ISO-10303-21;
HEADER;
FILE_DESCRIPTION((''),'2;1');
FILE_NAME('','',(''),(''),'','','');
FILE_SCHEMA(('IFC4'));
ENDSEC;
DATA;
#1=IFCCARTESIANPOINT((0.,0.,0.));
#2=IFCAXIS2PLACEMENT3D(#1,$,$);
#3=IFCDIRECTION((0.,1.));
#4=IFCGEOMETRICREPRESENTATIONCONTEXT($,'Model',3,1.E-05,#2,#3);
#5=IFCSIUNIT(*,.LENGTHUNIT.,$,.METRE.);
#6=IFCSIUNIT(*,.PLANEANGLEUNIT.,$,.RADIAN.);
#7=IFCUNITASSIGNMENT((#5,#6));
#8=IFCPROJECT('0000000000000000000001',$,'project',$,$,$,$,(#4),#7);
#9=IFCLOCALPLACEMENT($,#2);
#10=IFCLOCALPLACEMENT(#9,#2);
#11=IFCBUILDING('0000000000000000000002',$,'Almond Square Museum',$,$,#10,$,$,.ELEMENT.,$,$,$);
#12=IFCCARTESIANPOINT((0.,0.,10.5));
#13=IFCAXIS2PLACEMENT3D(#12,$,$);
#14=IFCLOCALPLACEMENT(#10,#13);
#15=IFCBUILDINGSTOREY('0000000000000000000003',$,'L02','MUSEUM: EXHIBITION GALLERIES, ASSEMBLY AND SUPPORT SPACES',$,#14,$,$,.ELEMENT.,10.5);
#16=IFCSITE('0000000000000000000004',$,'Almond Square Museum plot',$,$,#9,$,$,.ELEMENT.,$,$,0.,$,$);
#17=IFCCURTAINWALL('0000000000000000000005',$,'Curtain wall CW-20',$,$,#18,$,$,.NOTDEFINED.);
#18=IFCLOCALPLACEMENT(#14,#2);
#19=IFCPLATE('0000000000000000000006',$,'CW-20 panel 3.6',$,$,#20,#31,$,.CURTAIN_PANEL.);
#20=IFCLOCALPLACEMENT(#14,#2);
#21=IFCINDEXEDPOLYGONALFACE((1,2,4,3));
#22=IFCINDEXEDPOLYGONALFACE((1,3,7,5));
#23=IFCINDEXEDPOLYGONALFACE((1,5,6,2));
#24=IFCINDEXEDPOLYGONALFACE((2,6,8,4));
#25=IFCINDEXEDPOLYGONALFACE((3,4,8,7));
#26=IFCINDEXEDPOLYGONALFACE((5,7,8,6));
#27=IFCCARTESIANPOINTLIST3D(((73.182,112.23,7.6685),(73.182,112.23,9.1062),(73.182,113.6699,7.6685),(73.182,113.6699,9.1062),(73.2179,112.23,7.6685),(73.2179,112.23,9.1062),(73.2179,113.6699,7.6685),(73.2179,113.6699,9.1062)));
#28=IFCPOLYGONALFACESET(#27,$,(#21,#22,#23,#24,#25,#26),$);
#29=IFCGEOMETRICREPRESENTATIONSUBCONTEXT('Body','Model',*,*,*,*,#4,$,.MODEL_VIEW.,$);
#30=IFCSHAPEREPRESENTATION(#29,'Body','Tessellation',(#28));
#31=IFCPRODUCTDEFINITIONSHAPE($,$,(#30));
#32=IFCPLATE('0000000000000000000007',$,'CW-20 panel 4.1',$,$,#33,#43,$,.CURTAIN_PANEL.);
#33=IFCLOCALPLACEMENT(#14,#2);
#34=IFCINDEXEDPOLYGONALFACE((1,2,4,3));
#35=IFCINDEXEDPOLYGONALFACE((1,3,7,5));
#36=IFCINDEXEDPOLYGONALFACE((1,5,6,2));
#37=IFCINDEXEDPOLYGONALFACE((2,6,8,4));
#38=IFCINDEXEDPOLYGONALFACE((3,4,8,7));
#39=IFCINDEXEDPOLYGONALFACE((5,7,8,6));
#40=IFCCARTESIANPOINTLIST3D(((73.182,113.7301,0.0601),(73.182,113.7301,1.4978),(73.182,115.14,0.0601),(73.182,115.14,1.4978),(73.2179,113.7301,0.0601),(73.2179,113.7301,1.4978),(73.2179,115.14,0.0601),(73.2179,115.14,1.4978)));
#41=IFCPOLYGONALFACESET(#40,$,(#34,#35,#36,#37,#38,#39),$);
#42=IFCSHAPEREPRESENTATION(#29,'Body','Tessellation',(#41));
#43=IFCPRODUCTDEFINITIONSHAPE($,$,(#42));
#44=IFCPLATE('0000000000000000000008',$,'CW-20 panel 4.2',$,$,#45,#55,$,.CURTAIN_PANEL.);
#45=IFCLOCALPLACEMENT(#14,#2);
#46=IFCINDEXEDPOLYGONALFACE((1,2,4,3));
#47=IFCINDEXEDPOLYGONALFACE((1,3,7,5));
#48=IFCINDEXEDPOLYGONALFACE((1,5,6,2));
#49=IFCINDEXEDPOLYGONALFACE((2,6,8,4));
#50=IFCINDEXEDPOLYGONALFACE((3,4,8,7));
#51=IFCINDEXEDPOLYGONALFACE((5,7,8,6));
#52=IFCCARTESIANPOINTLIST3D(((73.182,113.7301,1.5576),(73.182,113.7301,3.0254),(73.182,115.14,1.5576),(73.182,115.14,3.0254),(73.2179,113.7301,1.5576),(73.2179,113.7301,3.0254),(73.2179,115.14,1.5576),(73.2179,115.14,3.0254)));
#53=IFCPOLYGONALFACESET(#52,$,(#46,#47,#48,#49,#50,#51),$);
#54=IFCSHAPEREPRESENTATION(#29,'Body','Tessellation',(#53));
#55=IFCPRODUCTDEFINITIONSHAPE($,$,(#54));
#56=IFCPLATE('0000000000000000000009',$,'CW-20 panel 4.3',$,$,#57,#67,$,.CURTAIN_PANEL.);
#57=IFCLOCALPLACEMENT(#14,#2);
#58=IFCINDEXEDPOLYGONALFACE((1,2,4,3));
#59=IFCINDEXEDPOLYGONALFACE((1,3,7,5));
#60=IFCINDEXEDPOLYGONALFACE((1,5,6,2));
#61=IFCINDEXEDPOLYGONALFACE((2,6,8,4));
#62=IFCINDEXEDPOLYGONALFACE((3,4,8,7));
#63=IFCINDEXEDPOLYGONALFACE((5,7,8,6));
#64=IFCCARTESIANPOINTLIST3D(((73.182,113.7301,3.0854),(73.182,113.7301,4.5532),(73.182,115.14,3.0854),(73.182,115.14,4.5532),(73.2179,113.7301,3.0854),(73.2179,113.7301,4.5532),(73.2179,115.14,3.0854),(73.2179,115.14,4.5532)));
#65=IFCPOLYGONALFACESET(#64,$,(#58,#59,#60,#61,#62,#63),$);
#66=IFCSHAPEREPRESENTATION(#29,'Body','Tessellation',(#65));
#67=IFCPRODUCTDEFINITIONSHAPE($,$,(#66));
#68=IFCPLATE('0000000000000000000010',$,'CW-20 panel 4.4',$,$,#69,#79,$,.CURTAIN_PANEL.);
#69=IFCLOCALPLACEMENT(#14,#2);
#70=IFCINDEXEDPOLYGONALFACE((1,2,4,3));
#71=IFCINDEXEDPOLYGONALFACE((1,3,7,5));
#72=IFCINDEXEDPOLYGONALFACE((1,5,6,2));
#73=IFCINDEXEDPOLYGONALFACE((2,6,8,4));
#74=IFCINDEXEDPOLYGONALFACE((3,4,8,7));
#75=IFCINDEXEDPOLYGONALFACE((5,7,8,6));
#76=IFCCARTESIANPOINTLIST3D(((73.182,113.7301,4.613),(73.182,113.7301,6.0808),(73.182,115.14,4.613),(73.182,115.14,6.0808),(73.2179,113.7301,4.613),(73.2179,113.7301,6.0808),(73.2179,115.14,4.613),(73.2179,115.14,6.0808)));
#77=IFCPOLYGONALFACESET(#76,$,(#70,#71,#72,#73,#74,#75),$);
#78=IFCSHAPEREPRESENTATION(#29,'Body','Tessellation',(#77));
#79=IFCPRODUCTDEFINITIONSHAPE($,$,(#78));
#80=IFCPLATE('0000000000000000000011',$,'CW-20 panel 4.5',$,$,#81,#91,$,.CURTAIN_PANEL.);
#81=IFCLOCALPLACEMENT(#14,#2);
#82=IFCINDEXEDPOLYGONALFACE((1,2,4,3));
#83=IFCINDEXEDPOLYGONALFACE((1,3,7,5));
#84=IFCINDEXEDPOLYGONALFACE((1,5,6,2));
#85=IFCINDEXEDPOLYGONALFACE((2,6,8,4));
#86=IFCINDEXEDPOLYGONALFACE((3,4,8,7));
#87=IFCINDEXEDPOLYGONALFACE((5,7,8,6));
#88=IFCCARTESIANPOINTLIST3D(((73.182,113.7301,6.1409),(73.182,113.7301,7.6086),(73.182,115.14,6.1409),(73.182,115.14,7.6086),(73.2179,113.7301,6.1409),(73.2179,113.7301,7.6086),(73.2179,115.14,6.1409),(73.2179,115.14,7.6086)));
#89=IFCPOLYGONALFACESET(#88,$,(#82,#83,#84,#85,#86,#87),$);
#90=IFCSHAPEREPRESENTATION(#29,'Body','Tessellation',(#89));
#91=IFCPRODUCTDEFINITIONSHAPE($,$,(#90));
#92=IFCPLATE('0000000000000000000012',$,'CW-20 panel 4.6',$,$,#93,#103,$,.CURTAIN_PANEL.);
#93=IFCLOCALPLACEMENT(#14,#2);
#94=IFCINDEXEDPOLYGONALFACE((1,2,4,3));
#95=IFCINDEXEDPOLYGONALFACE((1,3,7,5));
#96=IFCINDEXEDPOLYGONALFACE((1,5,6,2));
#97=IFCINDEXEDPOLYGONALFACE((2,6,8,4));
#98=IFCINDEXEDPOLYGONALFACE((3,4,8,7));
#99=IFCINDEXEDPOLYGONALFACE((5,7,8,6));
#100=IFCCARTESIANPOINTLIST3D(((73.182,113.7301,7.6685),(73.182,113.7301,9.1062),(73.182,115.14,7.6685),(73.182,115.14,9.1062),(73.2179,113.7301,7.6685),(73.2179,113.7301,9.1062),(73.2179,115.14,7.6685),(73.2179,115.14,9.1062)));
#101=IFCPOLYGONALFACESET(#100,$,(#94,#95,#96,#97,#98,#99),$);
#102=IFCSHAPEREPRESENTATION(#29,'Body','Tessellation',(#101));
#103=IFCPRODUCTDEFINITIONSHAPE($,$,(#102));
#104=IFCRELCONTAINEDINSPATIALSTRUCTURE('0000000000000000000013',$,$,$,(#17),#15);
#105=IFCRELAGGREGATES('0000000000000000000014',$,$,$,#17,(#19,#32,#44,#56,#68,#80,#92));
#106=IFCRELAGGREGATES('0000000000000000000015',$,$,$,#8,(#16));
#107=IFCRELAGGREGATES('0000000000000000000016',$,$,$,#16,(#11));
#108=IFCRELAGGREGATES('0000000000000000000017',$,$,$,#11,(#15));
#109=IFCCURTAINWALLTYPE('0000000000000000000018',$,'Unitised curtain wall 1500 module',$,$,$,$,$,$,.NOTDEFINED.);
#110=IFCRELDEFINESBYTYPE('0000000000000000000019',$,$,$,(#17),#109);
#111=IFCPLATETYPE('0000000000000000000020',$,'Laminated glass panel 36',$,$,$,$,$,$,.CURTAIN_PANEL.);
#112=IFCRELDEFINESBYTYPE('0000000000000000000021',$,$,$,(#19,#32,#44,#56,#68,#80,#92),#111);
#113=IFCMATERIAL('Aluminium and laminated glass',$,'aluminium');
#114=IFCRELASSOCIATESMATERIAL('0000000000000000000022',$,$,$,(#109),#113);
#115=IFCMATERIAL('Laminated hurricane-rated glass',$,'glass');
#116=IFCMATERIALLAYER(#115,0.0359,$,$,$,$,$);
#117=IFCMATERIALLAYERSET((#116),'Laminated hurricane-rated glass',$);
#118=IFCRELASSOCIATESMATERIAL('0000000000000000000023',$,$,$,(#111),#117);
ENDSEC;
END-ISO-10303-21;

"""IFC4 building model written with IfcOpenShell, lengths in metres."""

from ifc_helpers import new_model, si_unit, direction, frame, origin, origin_2d, place, context, subcontext, project, spatial, rectangle, extrude, material, layer, layer_set, type_object, element, aggregate, save


model = new_model("IFC4")

# Units and contexts
model_context = context("Model", 3, precision=1e-05, world=origin(), true_north=direction((0.0, 1.0)))
body_context = subcontext(model_context, "Body", "Model", "MODEL_VIEW")
ifc_project = project(units=[si_unit("LENGTHUNIT", "METRE"), si_unit("PLANEANGLEUNIT", "RADIAN")], contexts=[model_context])

# Site, building, storey
site_placement = place(None, origin())
site = spatial("IfcSite", under=ifc_project, at=site_placement, Name="Almond Square Museum plot", CompositionType="ELEMENT", RefElevation=0.0)
building_placement = place(site_placement, origin())
building = spatial("IfcBuilding", under=site, at=building_placement, Name="Almond Square Museum", CompositionType="ELEMENT")
storey_placement = place(building_placement, frame((0.0, 0.0, 10.5)))
storey = spatial("IfcBuildingStorey", under=building, at=storey_placement, Name="L02", Description="MUSEUM: EXHIBITION GALLERIES, ASSEMBLY AND SUPPORT SPACES", CompositionType="ELEMENT", Elevation=10.5)

# Curtain wall
ifc_material_1 = material(Name="Aluminium and laminated glass", Category="aluminium")
curtain_wall_type = type_object("IfcCurtainWallType", Name="Unitised curtain wall 1500 module", PredefinedType="NOTDEFINED", material=ifc_material_1)
curtain_wall_placement = place(storey_placement, origin())
curtain_wall = element("IfcCurtainWall", 1, at=curtain_wall_placement, inside=storey, type_object=curtain_wall_type, Name="Curtain wall CW-20", PredefinedType="NOTDEFINED")

# Plates
ifc_material_2 = material(Name="Laminated hurricane-rated glass", Category="glass")
ifc_layer = layer(ifc_material_2, 0.0359)
ifc_layer_set = layer_set([ifc_layer], Name="Laminated hurricane-rated glass")
plate_type = type_object("IfcPlateType", Name="Laminated glass panel 36", PredefinedType="CURTAIN_PANEL", material=ifc_layer_set)
plate_1_placement = place(storey_placement, frame((73.2, 112.95, 7.6685), z_axis=(0.0, 0.0, 1.0), x_axis=(0.0, 1.0, 0.0)))
plate_1 = element("IfcPlate", 2, at=plate_1_placement, type_object=plate_type, Name="CW-20 panel 3.6", PredefinedType="CURTAIN_PANEL", context=body_context, shape_type="SweptSolid", body=[
    extrude(rectangle(XDim=1.4399, YDim=0.0359, at=origin_2d()), origin(), (0.0, 0.0, 1.0), 1.4377),
])
plate_2_placement = place(storey_placement, frame((73.2, 114.4351, 0.0601), z_axis=(0.0, 0.0, 1.0), x_axis=(0.0, 1.0, 0.0)))
plate_2 = element("IfcPlate", 3, at=plate_2_placement, type_object=plate_type, Name="CW-20 panel 4.1", PredefinedType="CURTAIN_PANEL", context=body_context, shape_type="SweptSolid", body=[
    extrude(rectangle(XDim=1.4099, YDim=0.0359, at=origin_2d()), origin(), (0.0, 0.0, 1.0), 1.4377),
])
plate_3_placement = place(storey_placement, frame((73.2, 114.4351, 1.5576), z_axis=(0.0, 0.0, 1.0), x_axis=(0.0, 1.0, 0.0)))
plate_3 = element("IfcPlate", 4, at=plate_3_placement, type_object=plate_type, Name="CW-20 panel 4.2", PredefinedType="CURTAIN_PANEL", context=body_context, shape_type="SweptSolid", body=[
    extrude(rectangle(XDim=1.4099, YDim=0.0359, at=origin_2d()), origin(), (0.0, 0.0, 1.0), 1.4678),
])
plate_4_placement = place(storey_placement, frame((73.2, 114.4351, 3.0854), z_axis=(0.0, 0.0, 1.0), x_axis=(0.0, 1.0, 0.0)))
plate_4 = element("IfcPlate", 5, at=plate_4_placement, type_object=plate_type, Name="CW-20 panel 4.3", PredefinedType="CURTAIN_PANEL", context=body_context, shape_type="SweptSolid", body=[
    extrude(rectangle(XDim=1.4099, YDim=0.0359, at=origin_2d()), origin(), (0.0, 0.0, 1.0), 1.4678),
])
plate_5_placement = place(storey_placement, frame((73.2, 114.4351, 4.613), z_axis=(0.0, 0.0, 1.0), x_axis=(0.0, 1.0, 0.0)))
plate_5 = element("IfcPlate", 6, at=plate_5_placement, type_object=plate_type, Name="CW-20 panel 4.4", PredefinedType="CURTAIN_PANEL", context=body_context, shape_type="SweptSolid", body=[
    extrude(rectangle(XDim=1.4099, YDim=0.0359, at=origin_2d()), origin(), (0.0, 0.0, 1.0), 1.4678),
])
plate_6_placement = place(storey_placement, frame((73.2, 114.4351, 6.1409), z_axis=(0.0, 0.0, 1.0), x_axis=(0.0, 1.0, 0.0)))
plate_6 = element("IfcPlate", 7, at=plate_6_placement, type_object=plate_type, Name="CW-20 panel 4.5", PredefinedType="CURTAIN_PANEL", context=body_context, shape_type="SweptSolid", body=[
    extrude(rectangle(XDim=1.4099, YDim=0.0359, at=origin_2d()), origin(), (0.0, 0.0, 1.0), 1.4678),
])
plate_7_placement = place(storey_placement, frame((73.2, 114.4351, 7.6685), z_axis=(0.0, 0.0, 1.0), x_axis=(0.0, 1.0, 0.0)))
plate_7 = element("IfcPlate", 8, at=plate_7_placement, type_object=plate_type, Name="CW-20 panel 4.6", PredefinedType="CURTAIN_PANEL", context=body_context, shape_type="SweptSolid", body=[
    extrude(rectangle(XDim=1.4099, YDim=0.0359, at=origin_2d()), origin(), (0.0, 0.0, 1.0), 1.4377),
])
aggregate(curtain_wall, [plate_1, plate_2, plate_3, plate_4, plate_5, plate_6, plate_7])

save(model, "model.ifc")
